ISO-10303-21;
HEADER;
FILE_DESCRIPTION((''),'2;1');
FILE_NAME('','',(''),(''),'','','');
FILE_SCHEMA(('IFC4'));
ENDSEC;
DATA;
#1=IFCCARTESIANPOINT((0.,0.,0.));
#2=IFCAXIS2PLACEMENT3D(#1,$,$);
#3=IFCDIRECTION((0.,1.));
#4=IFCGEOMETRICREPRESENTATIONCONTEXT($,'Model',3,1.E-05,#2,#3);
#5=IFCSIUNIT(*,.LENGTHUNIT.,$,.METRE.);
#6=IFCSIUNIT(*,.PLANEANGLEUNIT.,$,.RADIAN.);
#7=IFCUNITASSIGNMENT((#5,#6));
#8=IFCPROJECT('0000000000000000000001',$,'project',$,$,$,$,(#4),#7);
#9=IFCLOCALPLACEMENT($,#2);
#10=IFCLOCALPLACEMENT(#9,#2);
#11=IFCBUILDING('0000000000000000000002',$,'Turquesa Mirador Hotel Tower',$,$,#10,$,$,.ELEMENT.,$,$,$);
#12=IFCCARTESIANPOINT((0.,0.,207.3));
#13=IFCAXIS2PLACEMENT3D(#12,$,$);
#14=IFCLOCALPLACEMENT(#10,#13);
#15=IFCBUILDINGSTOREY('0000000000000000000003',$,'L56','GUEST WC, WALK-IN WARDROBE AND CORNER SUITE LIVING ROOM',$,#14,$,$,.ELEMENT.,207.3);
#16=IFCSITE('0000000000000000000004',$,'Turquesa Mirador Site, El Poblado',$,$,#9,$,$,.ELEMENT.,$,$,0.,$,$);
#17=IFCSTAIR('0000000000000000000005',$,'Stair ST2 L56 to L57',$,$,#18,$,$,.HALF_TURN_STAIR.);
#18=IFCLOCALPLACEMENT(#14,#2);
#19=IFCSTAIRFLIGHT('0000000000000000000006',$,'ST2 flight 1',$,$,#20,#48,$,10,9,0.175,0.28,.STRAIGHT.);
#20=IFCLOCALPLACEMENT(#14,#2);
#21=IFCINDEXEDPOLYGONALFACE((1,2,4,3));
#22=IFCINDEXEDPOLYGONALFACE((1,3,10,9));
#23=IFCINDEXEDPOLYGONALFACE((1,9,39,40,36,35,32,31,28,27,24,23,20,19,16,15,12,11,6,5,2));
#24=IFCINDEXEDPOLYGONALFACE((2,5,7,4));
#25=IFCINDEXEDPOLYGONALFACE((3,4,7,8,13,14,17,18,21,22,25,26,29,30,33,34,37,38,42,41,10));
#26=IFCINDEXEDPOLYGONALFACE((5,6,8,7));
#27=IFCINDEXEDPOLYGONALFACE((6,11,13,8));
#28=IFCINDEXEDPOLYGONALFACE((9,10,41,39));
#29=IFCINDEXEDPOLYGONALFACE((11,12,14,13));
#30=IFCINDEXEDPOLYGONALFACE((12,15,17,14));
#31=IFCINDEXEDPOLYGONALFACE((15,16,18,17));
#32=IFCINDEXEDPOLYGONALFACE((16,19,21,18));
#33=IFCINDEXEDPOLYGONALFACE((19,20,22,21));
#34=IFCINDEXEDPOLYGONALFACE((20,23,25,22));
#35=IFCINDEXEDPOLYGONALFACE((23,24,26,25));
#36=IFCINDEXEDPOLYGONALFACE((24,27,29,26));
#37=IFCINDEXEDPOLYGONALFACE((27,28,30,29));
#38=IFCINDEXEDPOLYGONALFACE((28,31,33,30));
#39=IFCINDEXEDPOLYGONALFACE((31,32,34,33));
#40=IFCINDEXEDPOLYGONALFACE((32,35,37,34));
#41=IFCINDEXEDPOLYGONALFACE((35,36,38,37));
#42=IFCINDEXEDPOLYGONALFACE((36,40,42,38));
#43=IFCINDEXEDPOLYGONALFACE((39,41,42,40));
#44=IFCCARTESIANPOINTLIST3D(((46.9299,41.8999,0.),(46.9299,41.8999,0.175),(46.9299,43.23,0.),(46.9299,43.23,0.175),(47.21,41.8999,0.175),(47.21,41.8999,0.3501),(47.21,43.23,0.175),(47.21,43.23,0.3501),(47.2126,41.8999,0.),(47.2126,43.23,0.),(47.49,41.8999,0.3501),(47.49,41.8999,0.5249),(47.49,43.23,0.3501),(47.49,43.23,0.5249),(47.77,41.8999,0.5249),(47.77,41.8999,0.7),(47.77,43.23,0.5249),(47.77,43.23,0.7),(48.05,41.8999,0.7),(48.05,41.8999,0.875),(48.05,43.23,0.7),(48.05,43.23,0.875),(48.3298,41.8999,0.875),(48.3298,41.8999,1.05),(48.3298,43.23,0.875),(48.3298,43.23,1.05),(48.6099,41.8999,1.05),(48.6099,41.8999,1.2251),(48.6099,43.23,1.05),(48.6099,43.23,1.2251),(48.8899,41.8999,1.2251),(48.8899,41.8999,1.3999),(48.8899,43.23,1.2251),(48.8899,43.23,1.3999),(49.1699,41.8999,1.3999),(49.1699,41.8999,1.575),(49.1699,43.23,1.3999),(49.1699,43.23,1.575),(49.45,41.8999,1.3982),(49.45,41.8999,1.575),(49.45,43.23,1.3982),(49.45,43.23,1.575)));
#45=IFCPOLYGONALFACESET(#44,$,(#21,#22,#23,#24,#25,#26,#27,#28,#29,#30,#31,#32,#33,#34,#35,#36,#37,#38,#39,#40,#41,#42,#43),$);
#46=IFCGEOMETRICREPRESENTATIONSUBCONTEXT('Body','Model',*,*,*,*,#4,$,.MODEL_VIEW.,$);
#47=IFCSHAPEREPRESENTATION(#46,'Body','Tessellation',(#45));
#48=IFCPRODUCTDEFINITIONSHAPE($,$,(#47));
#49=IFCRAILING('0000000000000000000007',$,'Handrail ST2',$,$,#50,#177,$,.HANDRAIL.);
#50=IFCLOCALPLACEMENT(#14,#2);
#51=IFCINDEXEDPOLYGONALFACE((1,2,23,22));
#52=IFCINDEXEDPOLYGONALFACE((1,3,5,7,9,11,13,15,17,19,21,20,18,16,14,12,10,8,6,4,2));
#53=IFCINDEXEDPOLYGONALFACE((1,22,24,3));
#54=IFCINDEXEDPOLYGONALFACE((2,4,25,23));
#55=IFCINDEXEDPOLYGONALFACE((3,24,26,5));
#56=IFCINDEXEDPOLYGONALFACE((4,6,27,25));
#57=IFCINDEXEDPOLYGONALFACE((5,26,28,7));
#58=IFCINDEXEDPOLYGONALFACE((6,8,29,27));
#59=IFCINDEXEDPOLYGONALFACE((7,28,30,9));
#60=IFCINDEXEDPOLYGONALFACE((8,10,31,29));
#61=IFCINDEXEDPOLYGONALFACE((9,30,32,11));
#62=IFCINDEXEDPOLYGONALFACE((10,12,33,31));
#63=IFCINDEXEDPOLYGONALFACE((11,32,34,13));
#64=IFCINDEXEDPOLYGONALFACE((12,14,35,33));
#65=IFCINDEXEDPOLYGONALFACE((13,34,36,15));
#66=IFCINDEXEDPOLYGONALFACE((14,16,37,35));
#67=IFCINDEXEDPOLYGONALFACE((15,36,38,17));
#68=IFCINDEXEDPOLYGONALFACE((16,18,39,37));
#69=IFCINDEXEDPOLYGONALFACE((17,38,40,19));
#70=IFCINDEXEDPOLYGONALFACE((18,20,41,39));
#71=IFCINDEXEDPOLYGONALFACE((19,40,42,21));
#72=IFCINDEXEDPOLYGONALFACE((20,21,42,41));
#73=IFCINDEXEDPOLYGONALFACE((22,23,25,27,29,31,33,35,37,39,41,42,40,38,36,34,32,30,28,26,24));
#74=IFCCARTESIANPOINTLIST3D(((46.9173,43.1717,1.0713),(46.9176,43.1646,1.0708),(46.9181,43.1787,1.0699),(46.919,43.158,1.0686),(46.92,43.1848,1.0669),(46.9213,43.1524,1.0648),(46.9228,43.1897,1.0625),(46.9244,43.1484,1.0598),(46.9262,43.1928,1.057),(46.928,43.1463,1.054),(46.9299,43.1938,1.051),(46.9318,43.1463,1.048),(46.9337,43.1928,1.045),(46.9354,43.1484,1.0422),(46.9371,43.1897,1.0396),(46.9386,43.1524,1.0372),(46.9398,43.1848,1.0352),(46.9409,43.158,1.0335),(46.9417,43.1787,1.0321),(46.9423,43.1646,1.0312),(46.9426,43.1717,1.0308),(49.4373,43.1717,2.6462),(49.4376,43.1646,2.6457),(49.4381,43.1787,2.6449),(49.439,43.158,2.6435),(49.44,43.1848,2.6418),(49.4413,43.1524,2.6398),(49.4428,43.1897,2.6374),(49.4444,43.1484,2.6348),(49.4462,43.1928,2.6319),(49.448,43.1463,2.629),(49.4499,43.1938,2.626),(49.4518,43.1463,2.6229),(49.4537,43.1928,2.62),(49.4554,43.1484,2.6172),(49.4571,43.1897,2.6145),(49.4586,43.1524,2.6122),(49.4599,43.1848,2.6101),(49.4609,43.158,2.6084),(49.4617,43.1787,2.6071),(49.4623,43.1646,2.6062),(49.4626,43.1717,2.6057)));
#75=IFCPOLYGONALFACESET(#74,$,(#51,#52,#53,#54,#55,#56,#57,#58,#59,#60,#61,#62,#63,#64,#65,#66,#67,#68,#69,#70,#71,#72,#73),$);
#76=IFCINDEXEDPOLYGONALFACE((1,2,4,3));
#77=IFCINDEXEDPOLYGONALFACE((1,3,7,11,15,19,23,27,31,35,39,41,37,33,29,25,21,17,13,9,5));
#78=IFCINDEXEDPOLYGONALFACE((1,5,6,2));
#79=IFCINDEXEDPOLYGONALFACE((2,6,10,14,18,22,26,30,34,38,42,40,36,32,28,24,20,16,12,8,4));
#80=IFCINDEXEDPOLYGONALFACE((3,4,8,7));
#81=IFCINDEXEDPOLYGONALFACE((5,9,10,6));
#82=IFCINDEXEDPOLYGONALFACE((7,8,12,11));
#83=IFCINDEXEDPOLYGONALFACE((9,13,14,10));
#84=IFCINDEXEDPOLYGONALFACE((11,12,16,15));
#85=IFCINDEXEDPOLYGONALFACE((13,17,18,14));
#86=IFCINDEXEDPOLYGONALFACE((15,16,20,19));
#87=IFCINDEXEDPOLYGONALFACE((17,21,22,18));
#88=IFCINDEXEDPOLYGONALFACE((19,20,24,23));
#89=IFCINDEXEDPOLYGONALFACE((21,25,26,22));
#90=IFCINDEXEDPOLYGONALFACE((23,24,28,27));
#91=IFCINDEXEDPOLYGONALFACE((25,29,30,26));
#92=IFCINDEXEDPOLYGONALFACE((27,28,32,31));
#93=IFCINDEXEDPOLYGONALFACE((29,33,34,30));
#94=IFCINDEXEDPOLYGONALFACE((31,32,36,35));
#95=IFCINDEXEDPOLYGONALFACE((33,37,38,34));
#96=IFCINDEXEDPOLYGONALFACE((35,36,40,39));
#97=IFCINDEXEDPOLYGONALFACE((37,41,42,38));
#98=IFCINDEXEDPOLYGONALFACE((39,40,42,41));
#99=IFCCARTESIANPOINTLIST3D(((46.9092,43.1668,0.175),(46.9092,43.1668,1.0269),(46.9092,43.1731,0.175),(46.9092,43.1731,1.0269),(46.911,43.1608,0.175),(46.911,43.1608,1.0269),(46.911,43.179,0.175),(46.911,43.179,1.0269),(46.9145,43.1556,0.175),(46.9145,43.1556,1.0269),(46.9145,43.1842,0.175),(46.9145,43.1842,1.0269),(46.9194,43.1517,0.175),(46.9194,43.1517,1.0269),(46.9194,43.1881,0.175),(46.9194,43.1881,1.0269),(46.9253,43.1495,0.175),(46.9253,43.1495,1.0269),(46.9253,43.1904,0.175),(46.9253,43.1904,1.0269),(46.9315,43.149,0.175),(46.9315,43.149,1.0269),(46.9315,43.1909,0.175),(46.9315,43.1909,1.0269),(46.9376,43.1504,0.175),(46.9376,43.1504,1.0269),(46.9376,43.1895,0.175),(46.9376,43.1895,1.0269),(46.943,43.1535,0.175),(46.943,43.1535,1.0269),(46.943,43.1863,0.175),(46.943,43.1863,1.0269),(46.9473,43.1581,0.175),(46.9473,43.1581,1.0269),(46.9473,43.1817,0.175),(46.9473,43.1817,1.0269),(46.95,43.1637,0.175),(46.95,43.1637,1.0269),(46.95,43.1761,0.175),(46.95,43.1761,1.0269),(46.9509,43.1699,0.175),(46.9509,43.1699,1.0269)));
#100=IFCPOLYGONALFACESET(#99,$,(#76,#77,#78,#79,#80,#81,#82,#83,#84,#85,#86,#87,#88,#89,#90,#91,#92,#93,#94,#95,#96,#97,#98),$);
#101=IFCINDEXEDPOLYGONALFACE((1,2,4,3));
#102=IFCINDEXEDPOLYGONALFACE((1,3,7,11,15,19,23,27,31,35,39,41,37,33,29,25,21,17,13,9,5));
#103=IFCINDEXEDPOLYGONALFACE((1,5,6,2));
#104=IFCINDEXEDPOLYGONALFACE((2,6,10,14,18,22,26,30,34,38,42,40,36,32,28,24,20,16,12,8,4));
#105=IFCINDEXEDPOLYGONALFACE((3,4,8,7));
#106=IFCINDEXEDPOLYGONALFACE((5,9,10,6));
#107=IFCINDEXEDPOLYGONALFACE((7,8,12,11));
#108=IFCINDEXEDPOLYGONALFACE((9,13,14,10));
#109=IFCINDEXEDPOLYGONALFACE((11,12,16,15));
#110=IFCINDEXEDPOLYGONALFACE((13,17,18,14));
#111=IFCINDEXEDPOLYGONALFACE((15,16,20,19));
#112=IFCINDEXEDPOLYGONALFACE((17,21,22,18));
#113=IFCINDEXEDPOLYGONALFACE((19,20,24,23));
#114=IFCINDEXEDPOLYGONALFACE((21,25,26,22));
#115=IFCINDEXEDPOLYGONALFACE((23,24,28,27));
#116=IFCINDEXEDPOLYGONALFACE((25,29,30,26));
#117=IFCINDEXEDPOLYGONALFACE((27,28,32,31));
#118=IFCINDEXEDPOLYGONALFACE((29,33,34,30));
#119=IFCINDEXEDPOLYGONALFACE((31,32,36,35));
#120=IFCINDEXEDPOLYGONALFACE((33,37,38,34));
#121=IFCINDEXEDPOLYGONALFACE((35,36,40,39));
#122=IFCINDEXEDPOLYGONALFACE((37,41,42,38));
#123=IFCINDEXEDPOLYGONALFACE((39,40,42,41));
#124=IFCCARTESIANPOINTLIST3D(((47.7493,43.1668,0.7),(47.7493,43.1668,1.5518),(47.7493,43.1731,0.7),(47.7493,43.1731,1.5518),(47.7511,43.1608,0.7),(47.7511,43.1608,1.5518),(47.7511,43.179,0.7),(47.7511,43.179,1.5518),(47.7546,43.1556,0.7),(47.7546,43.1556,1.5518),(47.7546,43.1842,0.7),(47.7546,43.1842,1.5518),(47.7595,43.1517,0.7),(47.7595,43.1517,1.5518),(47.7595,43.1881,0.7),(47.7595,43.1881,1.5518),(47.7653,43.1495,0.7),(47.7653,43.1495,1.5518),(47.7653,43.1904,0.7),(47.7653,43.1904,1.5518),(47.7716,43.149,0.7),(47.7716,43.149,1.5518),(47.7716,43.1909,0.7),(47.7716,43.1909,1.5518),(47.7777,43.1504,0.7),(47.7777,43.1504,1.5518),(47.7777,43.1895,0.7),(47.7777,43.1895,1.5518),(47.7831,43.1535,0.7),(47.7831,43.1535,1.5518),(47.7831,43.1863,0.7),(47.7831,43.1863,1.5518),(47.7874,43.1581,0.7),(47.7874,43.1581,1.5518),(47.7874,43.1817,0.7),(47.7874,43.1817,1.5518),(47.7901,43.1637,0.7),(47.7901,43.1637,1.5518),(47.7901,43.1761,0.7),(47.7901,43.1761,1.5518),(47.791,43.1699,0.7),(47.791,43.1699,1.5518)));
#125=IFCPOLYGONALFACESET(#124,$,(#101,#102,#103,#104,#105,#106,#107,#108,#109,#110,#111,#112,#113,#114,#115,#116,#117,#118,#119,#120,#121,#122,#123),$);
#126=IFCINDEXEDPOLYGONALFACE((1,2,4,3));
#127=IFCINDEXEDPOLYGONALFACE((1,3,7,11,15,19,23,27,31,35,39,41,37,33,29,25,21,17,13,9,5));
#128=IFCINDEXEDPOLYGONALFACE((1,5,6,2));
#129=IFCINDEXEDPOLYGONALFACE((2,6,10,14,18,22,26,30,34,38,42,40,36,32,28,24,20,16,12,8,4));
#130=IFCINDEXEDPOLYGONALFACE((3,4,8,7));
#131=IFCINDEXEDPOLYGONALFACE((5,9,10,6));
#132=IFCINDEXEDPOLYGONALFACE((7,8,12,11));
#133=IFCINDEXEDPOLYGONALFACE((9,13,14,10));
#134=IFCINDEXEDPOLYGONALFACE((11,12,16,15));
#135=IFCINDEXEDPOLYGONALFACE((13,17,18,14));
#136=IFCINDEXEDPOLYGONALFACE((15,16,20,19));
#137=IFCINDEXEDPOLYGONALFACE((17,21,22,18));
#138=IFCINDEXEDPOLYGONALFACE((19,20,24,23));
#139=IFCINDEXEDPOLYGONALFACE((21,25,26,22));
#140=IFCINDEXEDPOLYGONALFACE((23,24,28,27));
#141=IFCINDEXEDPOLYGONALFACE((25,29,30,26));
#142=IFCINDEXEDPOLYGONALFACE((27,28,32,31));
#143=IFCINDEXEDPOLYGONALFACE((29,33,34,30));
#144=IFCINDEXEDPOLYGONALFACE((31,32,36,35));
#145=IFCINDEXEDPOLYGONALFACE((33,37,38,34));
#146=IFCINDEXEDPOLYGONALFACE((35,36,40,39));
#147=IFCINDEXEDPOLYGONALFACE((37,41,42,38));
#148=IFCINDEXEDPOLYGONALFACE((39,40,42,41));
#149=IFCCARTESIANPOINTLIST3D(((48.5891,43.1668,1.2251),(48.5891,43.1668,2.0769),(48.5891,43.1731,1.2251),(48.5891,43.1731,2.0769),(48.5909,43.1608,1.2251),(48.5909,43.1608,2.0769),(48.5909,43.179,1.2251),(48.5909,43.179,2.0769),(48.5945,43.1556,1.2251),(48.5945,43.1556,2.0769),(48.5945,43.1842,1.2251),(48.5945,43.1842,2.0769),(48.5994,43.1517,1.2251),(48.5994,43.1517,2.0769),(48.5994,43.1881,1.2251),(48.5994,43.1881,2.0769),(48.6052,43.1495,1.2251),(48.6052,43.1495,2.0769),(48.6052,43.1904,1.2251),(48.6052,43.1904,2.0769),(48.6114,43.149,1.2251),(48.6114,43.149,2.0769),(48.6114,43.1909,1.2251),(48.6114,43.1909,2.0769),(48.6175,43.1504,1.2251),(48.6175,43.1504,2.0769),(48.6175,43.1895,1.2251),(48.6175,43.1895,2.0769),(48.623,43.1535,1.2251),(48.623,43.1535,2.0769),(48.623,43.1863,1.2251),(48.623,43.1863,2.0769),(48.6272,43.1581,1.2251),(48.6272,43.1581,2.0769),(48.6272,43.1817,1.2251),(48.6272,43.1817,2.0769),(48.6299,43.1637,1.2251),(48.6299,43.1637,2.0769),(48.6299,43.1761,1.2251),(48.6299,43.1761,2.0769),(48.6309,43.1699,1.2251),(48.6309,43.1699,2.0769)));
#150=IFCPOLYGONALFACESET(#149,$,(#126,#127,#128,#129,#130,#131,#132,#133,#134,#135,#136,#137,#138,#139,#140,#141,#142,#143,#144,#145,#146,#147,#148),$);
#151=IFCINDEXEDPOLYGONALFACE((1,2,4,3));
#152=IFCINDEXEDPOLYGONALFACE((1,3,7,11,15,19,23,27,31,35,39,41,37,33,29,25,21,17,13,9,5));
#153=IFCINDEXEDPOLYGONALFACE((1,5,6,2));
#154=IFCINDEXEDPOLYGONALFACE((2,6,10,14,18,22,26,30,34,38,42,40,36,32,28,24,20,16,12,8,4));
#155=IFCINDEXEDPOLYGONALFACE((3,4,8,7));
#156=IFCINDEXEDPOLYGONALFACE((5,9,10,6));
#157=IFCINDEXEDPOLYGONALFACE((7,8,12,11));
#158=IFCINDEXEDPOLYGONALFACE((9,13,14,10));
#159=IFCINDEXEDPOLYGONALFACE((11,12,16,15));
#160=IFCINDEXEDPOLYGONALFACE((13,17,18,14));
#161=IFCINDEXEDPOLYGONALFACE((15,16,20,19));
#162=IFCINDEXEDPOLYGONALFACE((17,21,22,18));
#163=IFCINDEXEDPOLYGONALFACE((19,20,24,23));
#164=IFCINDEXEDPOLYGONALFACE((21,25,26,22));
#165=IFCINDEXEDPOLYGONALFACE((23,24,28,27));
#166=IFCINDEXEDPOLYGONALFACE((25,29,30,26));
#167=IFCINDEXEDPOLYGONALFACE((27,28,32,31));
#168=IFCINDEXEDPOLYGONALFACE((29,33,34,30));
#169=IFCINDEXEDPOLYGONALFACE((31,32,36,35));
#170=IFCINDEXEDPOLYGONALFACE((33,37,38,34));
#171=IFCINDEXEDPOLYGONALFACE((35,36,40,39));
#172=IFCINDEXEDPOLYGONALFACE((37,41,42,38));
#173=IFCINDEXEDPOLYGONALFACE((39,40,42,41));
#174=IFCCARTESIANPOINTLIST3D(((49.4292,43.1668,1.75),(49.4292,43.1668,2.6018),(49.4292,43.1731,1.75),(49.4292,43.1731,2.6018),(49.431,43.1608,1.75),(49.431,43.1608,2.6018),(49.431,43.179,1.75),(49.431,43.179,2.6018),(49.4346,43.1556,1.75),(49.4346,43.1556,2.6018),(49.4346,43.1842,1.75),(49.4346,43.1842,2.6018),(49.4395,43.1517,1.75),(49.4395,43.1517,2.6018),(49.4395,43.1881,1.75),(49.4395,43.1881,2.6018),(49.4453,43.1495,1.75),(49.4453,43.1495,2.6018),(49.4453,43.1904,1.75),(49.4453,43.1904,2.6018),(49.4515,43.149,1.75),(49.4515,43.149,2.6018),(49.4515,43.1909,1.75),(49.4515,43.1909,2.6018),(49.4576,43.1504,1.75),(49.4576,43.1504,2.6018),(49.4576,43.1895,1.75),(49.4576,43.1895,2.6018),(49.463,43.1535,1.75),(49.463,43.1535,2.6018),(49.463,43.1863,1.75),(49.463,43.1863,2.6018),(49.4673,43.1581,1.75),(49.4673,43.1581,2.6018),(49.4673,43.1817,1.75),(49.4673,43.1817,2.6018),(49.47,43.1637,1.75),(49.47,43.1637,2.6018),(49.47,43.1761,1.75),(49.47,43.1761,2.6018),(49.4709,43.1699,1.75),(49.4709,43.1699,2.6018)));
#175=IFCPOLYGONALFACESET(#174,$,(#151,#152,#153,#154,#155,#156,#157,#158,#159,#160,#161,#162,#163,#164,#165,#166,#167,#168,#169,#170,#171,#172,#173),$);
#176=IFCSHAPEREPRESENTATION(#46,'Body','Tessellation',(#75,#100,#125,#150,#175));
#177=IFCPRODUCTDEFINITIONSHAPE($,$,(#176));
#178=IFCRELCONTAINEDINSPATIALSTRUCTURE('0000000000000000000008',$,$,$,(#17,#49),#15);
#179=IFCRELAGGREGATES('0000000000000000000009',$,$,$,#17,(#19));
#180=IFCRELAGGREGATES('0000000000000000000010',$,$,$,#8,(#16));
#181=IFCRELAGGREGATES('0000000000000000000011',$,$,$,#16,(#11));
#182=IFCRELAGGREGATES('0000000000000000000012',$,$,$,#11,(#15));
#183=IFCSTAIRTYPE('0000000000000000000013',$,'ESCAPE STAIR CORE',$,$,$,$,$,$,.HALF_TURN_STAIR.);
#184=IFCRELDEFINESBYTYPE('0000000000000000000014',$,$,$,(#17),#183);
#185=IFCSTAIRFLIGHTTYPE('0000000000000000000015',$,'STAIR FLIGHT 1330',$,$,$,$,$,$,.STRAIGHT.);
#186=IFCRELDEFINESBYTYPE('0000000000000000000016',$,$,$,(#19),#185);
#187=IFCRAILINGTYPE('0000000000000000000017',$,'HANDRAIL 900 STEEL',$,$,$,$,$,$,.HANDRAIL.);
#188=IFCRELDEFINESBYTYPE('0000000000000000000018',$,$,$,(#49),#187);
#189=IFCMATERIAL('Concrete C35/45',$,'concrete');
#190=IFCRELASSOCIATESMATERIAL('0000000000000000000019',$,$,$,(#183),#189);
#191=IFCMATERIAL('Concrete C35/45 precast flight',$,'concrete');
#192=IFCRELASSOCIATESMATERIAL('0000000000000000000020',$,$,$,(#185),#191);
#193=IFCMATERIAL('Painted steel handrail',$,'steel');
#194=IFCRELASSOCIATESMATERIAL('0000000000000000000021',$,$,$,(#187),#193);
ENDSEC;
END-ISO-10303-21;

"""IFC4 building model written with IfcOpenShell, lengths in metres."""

from ifc_helpers import new_model, si_unit, direction, frame, origin, origin_2d, place, context, subcontext, project, spatial, polyline, circle, outline, extrude, material, type_object, element, aggregate, save


model = new_model("IFC4")

# Units and contexts
model_context = context("Model", 3, precision=1e-05, world=origin(), true_north=direction((0.0, 1.0)))
body_context = subcontext(model_context, "Body", "Model", "MODEL_VIEW")
ifc_project = project(units=[si_unit("LENGTHUNIT", "METRE"), si_unit("PLANEANGLEUNIT", "RADIAN")], contexts=[model_context])

# Site, building, storey
site_placement = place(None, origin())
site = spatial("IfcSite", under=ifc_project, at=site_placement, Name="Turquesa Mirador Site, El Poblado", CompositionType="ELEMENT", RefElevation=0.0)
building_placement = place(site_placement, origin())
building = spatial("IfcBuilding", under=site, at=building_placement, Name="Turquesa Mirador Hotel Tower", CompositionType="ELEMENT")
storey_placement = place(building_placement, frame((0.0, 0.0, 207.3)))
storey = spatial("IfcBuildingStorey", under=building, at=storey_placement, Name="L56", Description="GUEST WC, WALK-IN WARDROBE AND CORNER SUITE LIVING ROOM", CompositionType="ELEMENT", Elevation=207.3)

# Stair, stair flight
ifc_material_1 = material(Name="Concrete C35/45", Category="concrete")
stair_type = type_object("IfcStairType", Name="ESCAPE STAIR CORE", PredefinedType="HALF_TURN_STAIR", material=ifc_material_1)
stair_placement = place(storey_placement, origin())
stair = element("IfcStair", 1, at=stair_placement, inside=storey, type_object=stair_type, Name="Stair ST2 L56 to L57", PredefinedType="HALF_TURN_STAIR")
ifc_material_2 = material(Name="Concrete C35/45 precast flight", Category="concrete")
stair_flight_type = type_object("IfcStairFlightType", Name="STAIR FLIGHT 1330", PredefinedType="STRAIGHT", material=ifc_material_2)
stair_flight_placement = place(storey_placement, frame((46.9299, 42.5649, 0.0), z_axis=(0.0, 0.0, 1.0), x_axis=(1.0, 0.0, 0.0)))
stair_flight = element("IfcStairFlight", 2, at=stair_flight_placement, type_object=stair_flight_type, Name="ST2 flight 1", NumberOfRisers=10, NumberOfTreads=9, PredefinedType="STRAIGHT", RiserHeight=0.175, TreadLength=0.28, context=body_context, shape_type="SweptSolid", body=[
    extrude(outline(polyline([(0.0, 0.0), (0.0, 0.175), (0.28, 0.175), (0.28, 0.3501), (0.5601, 0.3501), (0.5601, 0.5249), (0.8401, 0.5249), (0.8401, 0.7), (1.1201, 0.7), (1.1201, 0.875), (1.3999, 0.875), (1.3999, 1.05), (1.6799, 1.05), (1.6799, 1.2251), (1.96, 1.2251), (1.96, 1.3999), (2.24, 1.3999), (2.24, 1.575), (2.52, 1.575), (2.52, 1.75), (2.52, 1.3982), (0.2827, 0.0), (0.0, 0.0)])), frame((0.0, 0.665, 0.0), z_axis=(0.0, -1.0, 0.0), x_axis=(1.0, 0.0, 0.0)), (0.0, 0.0, 1.0), 1.3301),
])
aggregate(stair, [stair_flight])

# Railing
ifc_material_3 = material(Name="Painted steel handrail", Category="steel")
railing_type = type_object("IfcRailingType", Name="HANDRAIL 900 STEEL", PredefinedType="HANDRAIL", material=ifc_material_3)
railing_1_placement = place(storey_placement, frame((46.9299, 43.1699, 0.175)))
element("IfcRailing", 3, at=railing_1_placement, inside=storey, type_object=railing_type, Name="Handrail ST2", PredefinedType="HANDRAIL", context=body_context, shape_type="SweptSolid", body=[
    extrude(circle(Radius=0.0239, at=origin_2d()), frame((0.0, 0.0, 0.876), z_axis=(0.848008, 0.0, 0.529984), x_axis=(0.0, 1.0, 0.0)), (0.0, 0.0, 1.0), 2.9717),
    extrude(circle(Radius=0.021, at=origin_2d()), origin(), (0.0, 0.0, 1.0), 0.8518),
    extrude(circle(Radius=0.021, at=origin_2d()), frame((0.8401, 0.0, 0.5249)), (0.0, 0.0, 1.0), 0.8518),
    extrude(circle(Radius=0.021, at=origin_2d()), frame((1.6799, 0.0, 1.05)), (0.0, 0.0, 1.0), 0.8518),
    extrude(circle(Radius=0.021, at=origin_2d()), frame((2.52, 0.0, 1.575)), (0.0, 0.0, 1.0), 0.8518),
])

save(model, "model.ifc")
